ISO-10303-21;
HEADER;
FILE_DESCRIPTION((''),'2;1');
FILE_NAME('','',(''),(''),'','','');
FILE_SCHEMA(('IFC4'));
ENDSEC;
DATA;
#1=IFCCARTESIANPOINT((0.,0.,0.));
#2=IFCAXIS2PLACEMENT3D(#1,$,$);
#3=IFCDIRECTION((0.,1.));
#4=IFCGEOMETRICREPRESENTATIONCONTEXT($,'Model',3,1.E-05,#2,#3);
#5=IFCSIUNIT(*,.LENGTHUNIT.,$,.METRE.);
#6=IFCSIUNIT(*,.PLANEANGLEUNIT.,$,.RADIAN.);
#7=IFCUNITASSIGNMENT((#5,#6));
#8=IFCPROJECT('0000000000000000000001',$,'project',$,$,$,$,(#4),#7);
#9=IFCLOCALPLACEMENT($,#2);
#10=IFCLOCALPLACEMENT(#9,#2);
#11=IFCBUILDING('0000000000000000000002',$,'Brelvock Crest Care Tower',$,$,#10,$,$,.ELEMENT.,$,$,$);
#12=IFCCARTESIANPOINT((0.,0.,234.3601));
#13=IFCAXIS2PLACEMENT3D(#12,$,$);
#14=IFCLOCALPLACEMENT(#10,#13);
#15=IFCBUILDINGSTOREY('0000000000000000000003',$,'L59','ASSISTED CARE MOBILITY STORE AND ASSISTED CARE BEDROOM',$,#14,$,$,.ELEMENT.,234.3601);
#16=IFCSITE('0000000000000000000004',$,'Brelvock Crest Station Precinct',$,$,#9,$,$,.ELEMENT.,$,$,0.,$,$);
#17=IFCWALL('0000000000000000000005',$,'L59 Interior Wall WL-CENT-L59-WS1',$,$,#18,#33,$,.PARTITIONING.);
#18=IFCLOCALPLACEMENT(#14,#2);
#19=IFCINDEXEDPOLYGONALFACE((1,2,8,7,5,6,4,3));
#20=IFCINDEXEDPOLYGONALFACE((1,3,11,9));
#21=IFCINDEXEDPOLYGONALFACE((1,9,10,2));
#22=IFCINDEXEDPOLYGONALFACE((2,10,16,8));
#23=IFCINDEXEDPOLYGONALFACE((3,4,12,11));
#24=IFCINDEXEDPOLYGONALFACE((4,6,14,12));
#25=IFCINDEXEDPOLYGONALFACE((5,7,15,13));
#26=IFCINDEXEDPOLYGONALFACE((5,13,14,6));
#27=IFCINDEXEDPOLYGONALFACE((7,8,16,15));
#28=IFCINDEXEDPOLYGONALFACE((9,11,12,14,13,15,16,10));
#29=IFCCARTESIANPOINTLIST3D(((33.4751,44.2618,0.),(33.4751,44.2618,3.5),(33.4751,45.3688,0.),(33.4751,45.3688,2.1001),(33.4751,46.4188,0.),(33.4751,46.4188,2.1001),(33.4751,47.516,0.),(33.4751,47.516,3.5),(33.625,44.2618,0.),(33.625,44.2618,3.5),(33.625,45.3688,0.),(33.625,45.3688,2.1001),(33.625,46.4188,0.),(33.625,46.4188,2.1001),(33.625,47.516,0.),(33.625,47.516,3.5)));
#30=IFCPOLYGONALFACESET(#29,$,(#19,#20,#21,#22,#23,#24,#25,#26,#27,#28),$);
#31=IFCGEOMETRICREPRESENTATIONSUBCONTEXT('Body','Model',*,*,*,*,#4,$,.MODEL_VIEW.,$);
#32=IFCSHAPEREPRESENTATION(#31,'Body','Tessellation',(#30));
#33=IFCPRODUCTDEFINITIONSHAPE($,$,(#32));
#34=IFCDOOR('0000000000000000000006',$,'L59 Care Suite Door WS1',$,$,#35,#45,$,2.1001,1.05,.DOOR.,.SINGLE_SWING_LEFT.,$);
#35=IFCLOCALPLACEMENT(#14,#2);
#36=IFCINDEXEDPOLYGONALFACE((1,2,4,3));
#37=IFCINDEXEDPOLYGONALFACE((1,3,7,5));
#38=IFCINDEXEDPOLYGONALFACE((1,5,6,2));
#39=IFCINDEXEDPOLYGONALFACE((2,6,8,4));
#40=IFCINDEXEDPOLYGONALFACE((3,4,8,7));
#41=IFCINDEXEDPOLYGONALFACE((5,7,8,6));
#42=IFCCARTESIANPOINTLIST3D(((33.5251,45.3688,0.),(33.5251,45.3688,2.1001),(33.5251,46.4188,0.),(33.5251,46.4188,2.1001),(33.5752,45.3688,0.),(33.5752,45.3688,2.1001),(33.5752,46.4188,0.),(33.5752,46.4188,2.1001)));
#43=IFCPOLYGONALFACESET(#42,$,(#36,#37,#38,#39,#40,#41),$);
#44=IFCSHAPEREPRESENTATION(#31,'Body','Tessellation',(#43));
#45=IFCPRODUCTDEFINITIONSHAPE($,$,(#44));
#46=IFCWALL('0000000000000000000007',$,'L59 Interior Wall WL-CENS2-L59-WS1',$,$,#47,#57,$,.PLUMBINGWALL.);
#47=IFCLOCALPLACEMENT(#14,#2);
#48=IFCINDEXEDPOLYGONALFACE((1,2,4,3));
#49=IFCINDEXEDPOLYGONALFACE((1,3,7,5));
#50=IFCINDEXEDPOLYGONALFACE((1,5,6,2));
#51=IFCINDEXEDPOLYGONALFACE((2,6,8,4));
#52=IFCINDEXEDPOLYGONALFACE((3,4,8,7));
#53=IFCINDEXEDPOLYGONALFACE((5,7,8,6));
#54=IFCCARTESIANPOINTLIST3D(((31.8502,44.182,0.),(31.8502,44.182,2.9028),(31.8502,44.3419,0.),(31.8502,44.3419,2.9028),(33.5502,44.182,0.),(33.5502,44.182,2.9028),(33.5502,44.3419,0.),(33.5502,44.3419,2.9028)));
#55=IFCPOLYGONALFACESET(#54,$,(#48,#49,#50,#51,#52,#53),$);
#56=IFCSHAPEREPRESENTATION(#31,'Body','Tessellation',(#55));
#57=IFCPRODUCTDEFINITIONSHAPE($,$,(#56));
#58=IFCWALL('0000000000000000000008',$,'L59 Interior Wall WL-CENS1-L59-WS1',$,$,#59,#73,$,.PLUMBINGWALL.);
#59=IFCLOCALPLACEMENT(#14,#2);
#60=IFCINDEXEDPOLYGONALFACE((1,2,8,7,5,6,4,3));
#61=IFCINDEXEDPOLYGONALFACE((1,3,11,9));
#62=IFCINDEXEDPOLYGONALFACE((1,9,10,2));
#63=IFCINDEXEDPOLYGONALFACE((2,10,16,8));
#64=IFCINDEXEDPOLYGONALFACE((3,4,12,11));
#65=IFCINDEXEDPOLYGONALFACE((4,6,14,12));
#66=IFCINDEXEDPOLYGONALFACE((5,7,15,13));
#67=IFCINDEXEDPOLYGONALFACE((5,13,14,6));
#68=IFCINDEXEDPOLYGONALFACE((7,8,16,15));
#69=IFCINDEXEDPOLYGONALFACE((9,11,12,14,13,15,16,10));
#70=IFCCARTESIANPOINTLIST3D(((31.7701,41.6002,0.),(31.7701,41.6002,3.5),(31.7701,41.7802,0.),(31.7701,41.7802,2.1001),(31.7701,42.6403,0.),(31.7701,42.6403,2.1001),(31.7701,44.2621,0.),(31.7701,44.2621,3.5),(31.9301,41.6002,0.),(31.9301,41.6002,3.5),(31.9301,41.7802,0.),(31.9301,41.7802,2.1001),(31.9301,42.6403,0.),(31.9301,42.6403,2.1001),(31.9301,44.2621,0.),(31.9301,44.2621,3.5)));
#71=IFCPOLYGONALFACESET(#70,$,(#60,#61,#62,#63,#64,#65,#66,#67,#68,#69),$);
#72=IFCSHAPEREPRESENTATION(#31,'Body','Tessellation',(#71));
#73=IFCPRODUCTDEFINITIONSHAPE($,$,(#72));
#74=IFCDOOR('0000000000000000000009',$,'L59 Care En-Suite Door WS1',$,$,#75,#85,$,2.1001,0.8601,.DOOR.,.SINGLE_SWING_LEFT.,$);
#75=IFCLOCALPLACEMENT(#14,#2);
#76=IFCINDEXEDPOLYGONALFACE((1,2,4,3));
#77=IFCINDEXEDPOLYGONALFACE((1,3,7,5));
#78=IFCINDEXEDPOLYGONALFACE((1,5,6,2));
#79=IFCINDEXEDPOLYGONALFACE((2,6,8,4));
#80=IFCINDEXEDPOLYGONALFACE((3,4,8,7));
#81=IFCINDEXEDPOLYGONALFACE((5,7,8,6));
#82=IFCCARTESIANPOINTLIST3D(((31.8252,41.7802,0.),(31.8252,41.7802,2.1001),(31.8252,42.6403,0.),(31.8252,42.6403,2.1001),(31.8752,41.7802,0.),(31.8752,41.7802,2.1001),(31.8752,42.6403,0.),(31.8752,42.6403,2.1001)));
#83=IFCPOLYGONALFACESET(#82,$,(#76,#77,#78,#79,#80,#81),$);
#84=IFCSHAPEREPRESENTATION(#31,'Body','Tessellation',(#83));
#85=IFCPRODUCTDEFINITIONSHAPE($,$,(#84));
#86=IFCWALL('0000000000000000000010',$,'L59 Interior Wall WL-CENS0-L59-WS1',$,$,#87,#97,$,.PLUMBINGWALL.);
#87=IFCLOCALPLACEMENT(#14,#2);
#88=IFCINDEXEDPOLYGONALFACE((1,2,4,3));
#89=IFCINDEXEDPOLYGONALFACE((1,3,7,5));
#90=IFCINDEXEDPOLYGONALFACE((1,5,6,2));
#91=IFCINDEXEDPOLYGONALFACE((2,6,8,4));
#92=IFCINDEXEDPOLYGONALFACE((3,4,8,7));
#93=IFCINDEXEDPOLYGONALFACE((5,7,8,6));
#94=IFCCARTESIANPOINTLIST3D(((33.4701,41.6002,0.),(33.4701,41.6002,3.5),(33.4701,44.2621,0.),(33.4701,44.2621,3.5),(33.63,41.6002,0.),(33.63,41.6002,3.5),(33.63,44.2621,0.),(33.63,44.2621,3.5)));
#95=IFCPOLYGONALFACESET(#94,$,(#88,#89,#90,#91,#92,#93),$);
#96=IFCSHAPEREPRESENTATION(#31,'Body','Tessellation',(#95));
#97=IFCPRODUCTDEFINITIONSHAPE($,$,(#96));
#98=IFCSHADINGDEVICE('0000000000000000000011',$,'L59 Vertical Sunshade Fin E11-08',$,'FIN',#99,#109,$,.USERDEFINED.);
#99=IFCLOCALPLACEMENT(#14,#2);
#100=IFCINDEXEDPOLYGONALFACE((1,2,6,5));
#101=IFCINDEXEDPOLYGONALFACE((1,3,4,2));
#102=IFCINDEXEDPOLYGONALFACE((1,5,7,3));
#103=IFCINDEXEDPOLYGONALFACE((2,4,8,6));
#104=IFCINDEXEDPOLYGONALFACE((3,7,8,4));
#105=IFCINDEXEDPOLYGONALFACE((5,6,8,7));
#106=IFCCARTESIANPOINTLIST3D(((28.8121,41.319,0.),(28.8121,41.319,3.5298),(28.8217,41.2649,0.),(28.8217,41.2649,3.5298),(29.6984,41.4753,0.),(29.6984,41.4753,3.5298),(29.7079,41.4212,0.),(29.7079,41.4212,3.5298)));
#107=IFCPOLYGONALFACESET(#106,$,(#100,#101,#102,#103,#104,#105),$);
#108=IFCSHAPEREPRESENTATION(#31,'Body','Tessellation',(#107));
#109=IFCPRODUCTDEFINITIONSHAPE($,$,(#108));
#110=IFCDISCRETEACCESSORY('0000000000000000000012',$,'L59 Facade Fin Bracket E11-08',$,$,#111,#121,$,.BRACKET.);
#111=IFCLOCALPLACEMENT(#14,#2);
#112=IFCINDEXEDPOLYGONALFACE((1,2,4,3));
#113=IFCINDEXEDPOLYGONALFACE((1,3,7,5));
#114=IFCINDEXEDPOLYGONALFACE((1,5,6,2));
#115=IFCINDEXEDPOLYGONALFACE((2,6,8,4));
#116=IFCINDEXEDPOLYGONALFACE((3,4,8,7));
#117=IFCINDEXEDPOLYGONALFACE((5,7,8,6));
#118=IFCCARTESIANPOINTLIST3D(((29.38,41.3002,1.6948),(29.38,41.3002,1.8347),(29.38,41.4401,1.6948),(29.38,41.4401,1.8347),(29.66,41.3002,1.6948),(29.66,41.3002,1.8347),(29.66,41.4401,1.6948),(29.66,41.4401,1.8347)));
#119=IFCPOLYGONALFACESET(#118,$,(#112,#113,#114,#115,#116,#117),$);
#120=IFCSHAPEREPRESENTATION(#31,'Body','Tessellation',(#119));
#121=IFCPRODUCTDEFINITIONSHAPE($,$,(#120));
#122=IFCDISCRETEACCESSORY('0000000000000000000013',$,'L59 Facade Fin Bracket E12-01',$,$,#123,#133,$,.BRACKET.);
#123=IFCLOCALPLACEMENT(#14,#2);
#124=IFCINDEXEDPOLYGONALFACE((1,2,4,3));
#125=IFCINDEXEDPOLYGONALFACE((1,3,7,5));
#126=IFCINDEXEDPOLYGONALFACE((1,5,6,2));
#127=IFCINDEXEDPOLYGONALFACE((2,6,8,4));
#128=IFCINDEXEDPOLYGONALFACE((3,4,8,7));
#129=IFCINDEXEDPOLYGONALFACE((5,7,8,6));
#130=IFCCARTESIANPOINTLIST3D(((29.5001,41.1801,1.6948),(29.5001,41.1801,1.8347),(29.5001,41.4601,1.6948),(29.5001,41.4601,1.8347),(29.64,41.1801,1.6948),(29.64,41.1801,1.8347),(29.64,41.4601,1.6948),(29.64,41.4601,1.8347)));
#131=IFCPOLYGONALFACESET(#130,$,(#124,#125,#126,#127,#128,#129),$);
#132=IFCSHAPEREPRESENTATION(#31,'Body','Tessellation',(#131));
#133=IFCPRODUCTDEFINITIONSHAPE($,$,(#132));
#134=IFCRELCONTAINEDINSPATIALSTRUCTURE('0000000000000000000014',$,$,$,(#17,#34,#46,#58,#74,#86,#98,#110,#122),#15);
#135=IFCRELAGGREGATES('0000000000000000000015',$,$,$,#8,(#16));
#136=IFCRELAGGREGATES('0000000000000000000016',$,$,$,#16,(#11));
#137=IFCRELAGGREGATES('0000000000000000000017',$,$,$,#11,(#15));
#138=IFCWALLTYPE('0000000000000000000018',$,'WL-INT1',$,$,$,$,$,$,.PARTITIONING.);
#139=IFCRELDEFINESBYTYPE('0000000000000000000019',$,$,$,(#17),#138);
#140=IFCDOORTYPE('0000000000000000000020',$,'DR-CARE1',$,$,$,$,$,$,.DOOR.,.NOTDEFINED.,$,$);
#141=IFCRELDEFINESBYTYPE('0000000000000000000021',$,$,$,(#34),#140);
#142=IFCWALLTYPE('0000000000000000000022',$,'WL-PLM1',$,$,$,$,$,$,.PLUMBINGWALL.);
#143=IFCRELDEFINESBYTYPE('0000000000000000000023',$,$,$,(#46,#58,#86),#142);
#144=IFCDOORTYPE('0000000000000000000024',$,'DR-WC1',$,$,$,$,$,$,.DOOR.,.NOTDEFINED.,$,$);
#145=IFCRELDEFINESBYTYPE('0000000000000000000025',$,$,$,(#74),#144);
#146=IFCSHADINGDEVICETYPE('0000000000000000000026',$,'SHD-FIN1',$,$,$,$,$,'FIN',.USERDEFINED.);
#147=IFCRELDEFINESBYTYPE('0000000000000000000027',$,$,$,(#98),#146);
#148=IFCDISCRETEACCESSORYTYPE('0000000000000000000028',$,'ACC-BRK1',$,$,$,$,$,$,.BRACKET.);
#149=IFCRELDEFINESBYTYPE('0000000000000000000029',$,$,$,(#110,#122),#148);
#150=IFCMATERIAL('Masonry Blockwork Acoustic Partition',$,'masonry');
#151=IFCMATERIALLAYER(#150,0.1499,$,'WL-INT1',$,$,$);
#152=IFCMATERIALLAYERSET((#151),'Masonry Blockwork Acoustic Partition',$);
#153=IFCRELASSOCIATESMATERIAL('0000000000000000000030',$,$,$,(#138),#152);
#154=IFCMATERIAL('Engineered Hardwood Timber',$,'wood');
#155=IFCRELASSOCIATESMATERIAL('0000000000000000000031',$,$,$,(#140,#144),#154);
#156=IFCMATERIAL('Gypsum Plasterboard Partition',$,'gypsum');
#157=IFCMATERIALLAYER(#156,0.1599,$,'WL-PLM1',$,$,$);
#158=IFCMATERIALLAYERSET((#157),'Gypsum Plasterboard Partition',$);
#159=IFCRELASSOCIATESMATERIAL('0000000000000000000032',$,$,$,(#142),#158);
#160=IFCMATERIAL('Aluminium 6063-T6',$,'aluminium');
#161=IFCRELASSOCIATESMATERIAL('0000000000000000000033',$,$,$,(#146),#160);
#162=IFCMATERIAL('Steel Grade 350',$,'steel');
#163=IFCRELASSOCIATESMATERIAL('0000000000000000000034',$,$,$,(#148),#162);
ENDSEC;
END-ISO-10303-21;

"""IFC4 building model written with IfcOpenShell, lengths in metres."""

from ifc_helpers import new_model, si_unit, direction, frame, frame_2d, origin, origin_2d, place, context, subcontext, project, spatial, rectangle, extrude, source, transform, mapped, material, layer, layer_set, material_profile, profile_set, type_object, element, fill, save


model = new_model("IFC4")

# Units and contexts
model_context = context("Model", 3, precision=1e-05, world=origin(), true_north=direction((0.0, 1.0)))
body_context = subcontext(model_context, "Body", "Model", "MODEL_VIEW")
ifc_project = project(units=[si_unit("LENGTHUNIT", "METRE"), si_unit("PLANEANGLEUNIT", "RADIAN")], contexts=[model_context])

# Site, building, storey
site_placement = place(None, origin())
site = spatial("IfcSite", under=ifc_project, at=site_placement, Name="Brelvock Crest Station Precinct", CompositionType="ELEMENT", RefElevation=0.0)
building_placement = place(site_placement, origin())
building = spatial("IfcBuilding", under=site, at=building_placement, Name="Brelvock Crest Care Tower", CompositionType="ELEMENT")
storey_placement = place(building_placement, frame((0.0, 0.0, 234.3601)))
storey = spatial("IfcBuildingStorey", under=building, at=storey_placement, Name="L59", Description="ASSISTED CARE MOBILITY STORE AND ASSISTED CARE BEDROOM", CompositionType="ELEMENT", Elevation=234.3601)

# Shared definitions
ifc_material_1 = material(Name="Steel Grade 350", Category="steel")

# Shared definitions
ifc_material_2 = material(Name="Aluminium 6063-T6", Category="aluminium")

# Shared definitions
ifc_material_3 = material(Name="Masonry Blockwork Acoustic Partition", Category="masonry")
ifc_layer_1 = layer(ifc_material_3, 0.1499, Name="WL-INT1")
ifc_layer_set_1 = layer_set([ifc_layer_1], Name="Masonry Blockwork Acoustic Partition")
wall_type_1 = type_object("IfcWallType", Name="WL-INT1", PredefinedType="PARTITIONING", material=ifc_layer_set_1)

# Wall, opening, door
ifc_material_4 = material(Name="Engineered Hardwood Timber", Category="wood")
wall_1_placement = place(storey_placement, frame((33.55, 44.262, 0.0), z_axis=(0.0, 0.0, 1.0), x_axis=(0.0, 1.0, 0.0)))
wall_1 = element("IfcWall", 1, at=wall_1_placement, inside=storey, type_object=wall_type_1, Name="L59 Interior Wall WL-CENT-L59-WS1", PredefinedType="PARTITIONING", context=body_context, shape_type="SweptSolid", body=[
    extrude(rectangle(XDim=3.2542, YDim=0.1499, at=frame_2d((1.627, 0.0))), origin(), (0.0, 0.0, 1.0), 3.5),
])
opening_1_placement = place(wall_1_placement, frame((1.1069, 0.0, 0.0)))
opening_1 = element("IfcOpeningElement", 2, at=opening_1_placement, cuts=wall_1, PredefinedType="OPENING", context=body_context, shape_type="SweptSolid", body=[
    extrude(rectangle(XDim=1.05, YDim=2.1001, at=origin_2d()), frame((0.5249, 0.085, 1.05), z_axis=(0.0, -1.0, 0.0), x_axis=(1.0, 0.0, 0.0)), (0.0, 0.0, 1.0), 0.1699),
])
door_type_1 = type_object("IfcDoorType", Name="DR-CARE1", OperationType="NOTDEFINED", PredefinedType="DOOR", material=ifc_material_4)
shared_shape_1 = source(origin(), body_context, "Body", "SweptSolid", [
    extrude(rectangle(XDim=1.05, YDim=2.1001, at=origin_2d()), frame((0.5249, 0.0249, 1.05), z_axis=(0.0, -1.0, 0.0), x_axis=(1.0, 0.0, 0.0)), (0.0, 0.0, 1.0), 0.05),
])
door_1_placement = place(opening_1_placement, origin())
door_1 = element("IfcDoor", 3, at=door_1_placement, inside=storey, type_object=door_type_1, Name="L59 Care Suite Door WS1", OperationType="SINGLE_SWING_LEFT", OverallHeight=2.1001, OverallWidth=1.05, PredefinedType="DOOR", context=body_context, shape_type="MappedRepresentation", body=[
    mapped(shared_shape_1, transform((0.0, 0.0, 0.0), x_axis=(1.0, 0.0, 0.0), y_axis=(0.0, 1.0, 0.0), z_axis=(0.0, 0.0, 1.0), scale=1.0)),
])
fill(opening_1, door_1)

# Wall
ifc_material_5 = material(Name="Gypsum Plasterboard Partition", Category="gypsum")
ifc_layer_2 = layer(ifc_material_5, 0.1599, Name="WL-PLM1")
ifc_layer_set_2 = layer_set([ifc_layer_2], Name="Gypsum Plasterboard Partition")
wall_type_2 = type_object("IfcWallType", Name="WL-PLM1", PredefinedType="PLUMBINGWALL", material=ifc_layer_set_2)
wall_2_placement = place(storey_placement, frame((31.8501, 44.262, 0.0), z_axis=(0.0, 0.0, 1.0), x_axis=(1.0, 0.0, 0.0)))
element("IfcWall", 4, at=wall_2_placement, inside=storey, type_object=wall_type_2, Name="L59 Interior Wall WL-CENS2-L59-WS1", PredefinedType="PLUMBINGWALL", context=body_context, shape_type="SweptSolid", body=[
    extrude(rectangle(XDim=1.7, YDim=0.1599, at=frame_2d((0.8501, 0.0))), origin(), (0.0, 0.0, 1.0), 2.9028),
])

# Wall, opening, door
wall_3_placement = place(storey_placement, frame((31.8501, 41.6001, 0.0), z_axis=(0.0, 0.0, 1.0), x_axis=(0.0, 1.0, 0.0)))
wall_3 = element("IfcWall", 5, at=wall_3_placement, inside=storey, type_object=wall_type_2, Name="L59 Interior Wall WL-CENS1-L59-WS1", PredefinedType="PLUMBINGWALL", context=body_context, shape_type="SweptSolid", body=[
    extrude(rectangle(XDim=2.6619, YDim=0.1599, at=frame_2d((1.3311, 0.0))), origin(), (0.0, 0.0, 1.0), 3.5),
])
opening_2_placement = place(wall_3_placement, frame((0.1799, 0.0, 0.0)))
opening_2 = element("IfcOpeningElement", 6, at=opening_2_placement, cuts=wall_3, PredefinedType="OPENING", context=body_context, shape_type="SweptSolid", body=[
    extrude(rectangle(XDim=0.8601, YDim=2.1001, at=origin_2d()), frame((0.4302, 0.0898, 1.05), z_axis=(0.0, -1.0, 0.0), x_axis=(1.0, 0.0, 0.0)), (0.0, 0.0, 1.0), 0.1799),
])
door_type_2 = type_object("IfcDoorType", Name="DR-WC1", OperationType="NOTDEFINED", PredefinedType="DOOR", material=ifc_material_4)
shared_shape_2 = source(origin(), body_context, "Body", "SweptSolid", [
    extrude(rectangle(XDim=0.8601, YDim=2.1001, at=origin_2d()), frame((0.4302, 0.0249, 1.05), z_axis=(0.0, -1.0, 0.0), x_axis=(1.0, 0.0, 0.0)), (0.0, 0.0, 1.0), 0.05),
])
door_2_placement = place(opening_2_placement, origin())
door_2 = element("IfcDoor", 7, at=door_2_placement, inside=storey, type_object=door_type_2, Name="L59 Care En-Suite Door WS1", OperationType="SINGLE_SWING_LEFT", OverallHeight=2.1001, OverallWidth=0.8601, PredefinedType="DOOR", context=body_context, shape_type="MappedRepresentation", body=[
    mapped(shared_shape_2, transform((0.0, 0.0, 0.0), x_axis=(1.0, 0.0, 0.0), y_axis=(0.0, 1.0, 0.0), z_axis=(0.0, 0.0, 1.0), scale=1.0)),
])
fill(opening_2, door_2)

# Wall
wall_4_placement = place(storey_placement, frame((33.55, 41.6001, 0.0), z_axis=(0.0, 0.0, 1.0), x_axis=(0.0, 1.0, 0.0)))
element("IfcWall", 8, at=wall_4_placement, inside=storey, type_object=wall_type_2, Name="L59 Interior Wall WL-CENS0-L59-WS1", PredefinedType="PLUMBINGWALL", context=body_context, shape_type="SweptSolid", body=[
    extrude(rectangle(XDim=2.6619, YDim=0.1599, at=frame_2d((1.3311, 0.0))), origin(), (0.0, 0.0, 1.0), 3.5),
])

# Shading device
ifc_material_profile_1 = material_profile(ifc_material_2, rectangle(XDim=0.0549, YDim=0.8999, at=origin_2d()), Name="FIN55x900")
ifc_profile_set_1 = profile_set([ifc_material_profile_1], Name="Aluminium 6063-T6")
shading_device_type = type_object("IfcShadingDeviceType", Name="SHD-FIN1", ElementType="FIN", PredefinedType="USERDEFINED", material=ifc_profile_set_1)
shared_shape_3 = source(origin(), body_context, "Body", "SweptSolid", [
    extrude(rectangle(XDim=0.0549, YDim=0.8999, at=origin_2d()), origin(), (0.0, 0.0, 1.0), 3.5298),
])
shading_device_placement = place(storey_placement, frame((29.26, 41.3701, 0.0), z_axis=(0.0, 0.0, 1.0), x_axis=(-0.173648, 0.984808, 0.0)))
element("IfcShadingDevice", 9, at=shading_device_placement, inside=storey, type_object=shading_device_type, Name="L59 Vertical Sunshade Fin E11-08", ObjectType="FIN", PredefinedType="USERDEFINED", context=body_context, shape_type="MappedRepresentation", body=[
    mapped(shared_shape_3, transform((0.0, 0.0, 0.0), x_axis=(1.0, 0.0, 0.0), y_axis=(0.0, 1.0, 0.0), z_axis=(0.0, 0.0, 1.0), scale=1.0)),
])

# Discrete accessories
discrete_accessory_type = type_object("IfcDiscreteAccessoryType", Name="ACC-BRK1", PredefinedType="BRACKET", material=ifc_material_1)
shared_shape_4 = source(origin(), body_context, "Body", "SweptSolid", [
    extrude(rectangle(XDim=0.28, YDim=0.1399, at=origin_2d()), origin(), (0.0, 0.0, 1.0), 0.1399),
])
for number, where, z_axis, x_axis, name in (
    (10, (29.52, 41.3701, 1.6948), (0.0, 0.0, 1.0), (-1.0, 0.0, 0.0), "L59 Facade Fin Bracket E11-08"),
    (11, (29.5701, 41.3201, 1.6948), (0.0, 0.0, 1.0), (0.0, -1.0, 0.0), "L59 Facade Fin Bracket E12-01"),
):
    element("IfcDiscreteAccessory", number, at=place(storey_placement, frame(where, z_axis=z_axis, x_axis=x_axis)), inside=storey, type_object=discrete_accessory_type, Name=name, PredefinedType="BRACKET", context=body_context, shape_type="MappedRepresentation", body=[
        mapped(shared_shape_4, transform((0.0, 0.0, 0.0), x_axis=(1.0, 0.0, 0.0), y_axis=(0.0, 1.0, 0.0), z_axis=(0.0, 0.0, 1.0), scale=1.0)),
    ])

save(model, "model.ifc")
